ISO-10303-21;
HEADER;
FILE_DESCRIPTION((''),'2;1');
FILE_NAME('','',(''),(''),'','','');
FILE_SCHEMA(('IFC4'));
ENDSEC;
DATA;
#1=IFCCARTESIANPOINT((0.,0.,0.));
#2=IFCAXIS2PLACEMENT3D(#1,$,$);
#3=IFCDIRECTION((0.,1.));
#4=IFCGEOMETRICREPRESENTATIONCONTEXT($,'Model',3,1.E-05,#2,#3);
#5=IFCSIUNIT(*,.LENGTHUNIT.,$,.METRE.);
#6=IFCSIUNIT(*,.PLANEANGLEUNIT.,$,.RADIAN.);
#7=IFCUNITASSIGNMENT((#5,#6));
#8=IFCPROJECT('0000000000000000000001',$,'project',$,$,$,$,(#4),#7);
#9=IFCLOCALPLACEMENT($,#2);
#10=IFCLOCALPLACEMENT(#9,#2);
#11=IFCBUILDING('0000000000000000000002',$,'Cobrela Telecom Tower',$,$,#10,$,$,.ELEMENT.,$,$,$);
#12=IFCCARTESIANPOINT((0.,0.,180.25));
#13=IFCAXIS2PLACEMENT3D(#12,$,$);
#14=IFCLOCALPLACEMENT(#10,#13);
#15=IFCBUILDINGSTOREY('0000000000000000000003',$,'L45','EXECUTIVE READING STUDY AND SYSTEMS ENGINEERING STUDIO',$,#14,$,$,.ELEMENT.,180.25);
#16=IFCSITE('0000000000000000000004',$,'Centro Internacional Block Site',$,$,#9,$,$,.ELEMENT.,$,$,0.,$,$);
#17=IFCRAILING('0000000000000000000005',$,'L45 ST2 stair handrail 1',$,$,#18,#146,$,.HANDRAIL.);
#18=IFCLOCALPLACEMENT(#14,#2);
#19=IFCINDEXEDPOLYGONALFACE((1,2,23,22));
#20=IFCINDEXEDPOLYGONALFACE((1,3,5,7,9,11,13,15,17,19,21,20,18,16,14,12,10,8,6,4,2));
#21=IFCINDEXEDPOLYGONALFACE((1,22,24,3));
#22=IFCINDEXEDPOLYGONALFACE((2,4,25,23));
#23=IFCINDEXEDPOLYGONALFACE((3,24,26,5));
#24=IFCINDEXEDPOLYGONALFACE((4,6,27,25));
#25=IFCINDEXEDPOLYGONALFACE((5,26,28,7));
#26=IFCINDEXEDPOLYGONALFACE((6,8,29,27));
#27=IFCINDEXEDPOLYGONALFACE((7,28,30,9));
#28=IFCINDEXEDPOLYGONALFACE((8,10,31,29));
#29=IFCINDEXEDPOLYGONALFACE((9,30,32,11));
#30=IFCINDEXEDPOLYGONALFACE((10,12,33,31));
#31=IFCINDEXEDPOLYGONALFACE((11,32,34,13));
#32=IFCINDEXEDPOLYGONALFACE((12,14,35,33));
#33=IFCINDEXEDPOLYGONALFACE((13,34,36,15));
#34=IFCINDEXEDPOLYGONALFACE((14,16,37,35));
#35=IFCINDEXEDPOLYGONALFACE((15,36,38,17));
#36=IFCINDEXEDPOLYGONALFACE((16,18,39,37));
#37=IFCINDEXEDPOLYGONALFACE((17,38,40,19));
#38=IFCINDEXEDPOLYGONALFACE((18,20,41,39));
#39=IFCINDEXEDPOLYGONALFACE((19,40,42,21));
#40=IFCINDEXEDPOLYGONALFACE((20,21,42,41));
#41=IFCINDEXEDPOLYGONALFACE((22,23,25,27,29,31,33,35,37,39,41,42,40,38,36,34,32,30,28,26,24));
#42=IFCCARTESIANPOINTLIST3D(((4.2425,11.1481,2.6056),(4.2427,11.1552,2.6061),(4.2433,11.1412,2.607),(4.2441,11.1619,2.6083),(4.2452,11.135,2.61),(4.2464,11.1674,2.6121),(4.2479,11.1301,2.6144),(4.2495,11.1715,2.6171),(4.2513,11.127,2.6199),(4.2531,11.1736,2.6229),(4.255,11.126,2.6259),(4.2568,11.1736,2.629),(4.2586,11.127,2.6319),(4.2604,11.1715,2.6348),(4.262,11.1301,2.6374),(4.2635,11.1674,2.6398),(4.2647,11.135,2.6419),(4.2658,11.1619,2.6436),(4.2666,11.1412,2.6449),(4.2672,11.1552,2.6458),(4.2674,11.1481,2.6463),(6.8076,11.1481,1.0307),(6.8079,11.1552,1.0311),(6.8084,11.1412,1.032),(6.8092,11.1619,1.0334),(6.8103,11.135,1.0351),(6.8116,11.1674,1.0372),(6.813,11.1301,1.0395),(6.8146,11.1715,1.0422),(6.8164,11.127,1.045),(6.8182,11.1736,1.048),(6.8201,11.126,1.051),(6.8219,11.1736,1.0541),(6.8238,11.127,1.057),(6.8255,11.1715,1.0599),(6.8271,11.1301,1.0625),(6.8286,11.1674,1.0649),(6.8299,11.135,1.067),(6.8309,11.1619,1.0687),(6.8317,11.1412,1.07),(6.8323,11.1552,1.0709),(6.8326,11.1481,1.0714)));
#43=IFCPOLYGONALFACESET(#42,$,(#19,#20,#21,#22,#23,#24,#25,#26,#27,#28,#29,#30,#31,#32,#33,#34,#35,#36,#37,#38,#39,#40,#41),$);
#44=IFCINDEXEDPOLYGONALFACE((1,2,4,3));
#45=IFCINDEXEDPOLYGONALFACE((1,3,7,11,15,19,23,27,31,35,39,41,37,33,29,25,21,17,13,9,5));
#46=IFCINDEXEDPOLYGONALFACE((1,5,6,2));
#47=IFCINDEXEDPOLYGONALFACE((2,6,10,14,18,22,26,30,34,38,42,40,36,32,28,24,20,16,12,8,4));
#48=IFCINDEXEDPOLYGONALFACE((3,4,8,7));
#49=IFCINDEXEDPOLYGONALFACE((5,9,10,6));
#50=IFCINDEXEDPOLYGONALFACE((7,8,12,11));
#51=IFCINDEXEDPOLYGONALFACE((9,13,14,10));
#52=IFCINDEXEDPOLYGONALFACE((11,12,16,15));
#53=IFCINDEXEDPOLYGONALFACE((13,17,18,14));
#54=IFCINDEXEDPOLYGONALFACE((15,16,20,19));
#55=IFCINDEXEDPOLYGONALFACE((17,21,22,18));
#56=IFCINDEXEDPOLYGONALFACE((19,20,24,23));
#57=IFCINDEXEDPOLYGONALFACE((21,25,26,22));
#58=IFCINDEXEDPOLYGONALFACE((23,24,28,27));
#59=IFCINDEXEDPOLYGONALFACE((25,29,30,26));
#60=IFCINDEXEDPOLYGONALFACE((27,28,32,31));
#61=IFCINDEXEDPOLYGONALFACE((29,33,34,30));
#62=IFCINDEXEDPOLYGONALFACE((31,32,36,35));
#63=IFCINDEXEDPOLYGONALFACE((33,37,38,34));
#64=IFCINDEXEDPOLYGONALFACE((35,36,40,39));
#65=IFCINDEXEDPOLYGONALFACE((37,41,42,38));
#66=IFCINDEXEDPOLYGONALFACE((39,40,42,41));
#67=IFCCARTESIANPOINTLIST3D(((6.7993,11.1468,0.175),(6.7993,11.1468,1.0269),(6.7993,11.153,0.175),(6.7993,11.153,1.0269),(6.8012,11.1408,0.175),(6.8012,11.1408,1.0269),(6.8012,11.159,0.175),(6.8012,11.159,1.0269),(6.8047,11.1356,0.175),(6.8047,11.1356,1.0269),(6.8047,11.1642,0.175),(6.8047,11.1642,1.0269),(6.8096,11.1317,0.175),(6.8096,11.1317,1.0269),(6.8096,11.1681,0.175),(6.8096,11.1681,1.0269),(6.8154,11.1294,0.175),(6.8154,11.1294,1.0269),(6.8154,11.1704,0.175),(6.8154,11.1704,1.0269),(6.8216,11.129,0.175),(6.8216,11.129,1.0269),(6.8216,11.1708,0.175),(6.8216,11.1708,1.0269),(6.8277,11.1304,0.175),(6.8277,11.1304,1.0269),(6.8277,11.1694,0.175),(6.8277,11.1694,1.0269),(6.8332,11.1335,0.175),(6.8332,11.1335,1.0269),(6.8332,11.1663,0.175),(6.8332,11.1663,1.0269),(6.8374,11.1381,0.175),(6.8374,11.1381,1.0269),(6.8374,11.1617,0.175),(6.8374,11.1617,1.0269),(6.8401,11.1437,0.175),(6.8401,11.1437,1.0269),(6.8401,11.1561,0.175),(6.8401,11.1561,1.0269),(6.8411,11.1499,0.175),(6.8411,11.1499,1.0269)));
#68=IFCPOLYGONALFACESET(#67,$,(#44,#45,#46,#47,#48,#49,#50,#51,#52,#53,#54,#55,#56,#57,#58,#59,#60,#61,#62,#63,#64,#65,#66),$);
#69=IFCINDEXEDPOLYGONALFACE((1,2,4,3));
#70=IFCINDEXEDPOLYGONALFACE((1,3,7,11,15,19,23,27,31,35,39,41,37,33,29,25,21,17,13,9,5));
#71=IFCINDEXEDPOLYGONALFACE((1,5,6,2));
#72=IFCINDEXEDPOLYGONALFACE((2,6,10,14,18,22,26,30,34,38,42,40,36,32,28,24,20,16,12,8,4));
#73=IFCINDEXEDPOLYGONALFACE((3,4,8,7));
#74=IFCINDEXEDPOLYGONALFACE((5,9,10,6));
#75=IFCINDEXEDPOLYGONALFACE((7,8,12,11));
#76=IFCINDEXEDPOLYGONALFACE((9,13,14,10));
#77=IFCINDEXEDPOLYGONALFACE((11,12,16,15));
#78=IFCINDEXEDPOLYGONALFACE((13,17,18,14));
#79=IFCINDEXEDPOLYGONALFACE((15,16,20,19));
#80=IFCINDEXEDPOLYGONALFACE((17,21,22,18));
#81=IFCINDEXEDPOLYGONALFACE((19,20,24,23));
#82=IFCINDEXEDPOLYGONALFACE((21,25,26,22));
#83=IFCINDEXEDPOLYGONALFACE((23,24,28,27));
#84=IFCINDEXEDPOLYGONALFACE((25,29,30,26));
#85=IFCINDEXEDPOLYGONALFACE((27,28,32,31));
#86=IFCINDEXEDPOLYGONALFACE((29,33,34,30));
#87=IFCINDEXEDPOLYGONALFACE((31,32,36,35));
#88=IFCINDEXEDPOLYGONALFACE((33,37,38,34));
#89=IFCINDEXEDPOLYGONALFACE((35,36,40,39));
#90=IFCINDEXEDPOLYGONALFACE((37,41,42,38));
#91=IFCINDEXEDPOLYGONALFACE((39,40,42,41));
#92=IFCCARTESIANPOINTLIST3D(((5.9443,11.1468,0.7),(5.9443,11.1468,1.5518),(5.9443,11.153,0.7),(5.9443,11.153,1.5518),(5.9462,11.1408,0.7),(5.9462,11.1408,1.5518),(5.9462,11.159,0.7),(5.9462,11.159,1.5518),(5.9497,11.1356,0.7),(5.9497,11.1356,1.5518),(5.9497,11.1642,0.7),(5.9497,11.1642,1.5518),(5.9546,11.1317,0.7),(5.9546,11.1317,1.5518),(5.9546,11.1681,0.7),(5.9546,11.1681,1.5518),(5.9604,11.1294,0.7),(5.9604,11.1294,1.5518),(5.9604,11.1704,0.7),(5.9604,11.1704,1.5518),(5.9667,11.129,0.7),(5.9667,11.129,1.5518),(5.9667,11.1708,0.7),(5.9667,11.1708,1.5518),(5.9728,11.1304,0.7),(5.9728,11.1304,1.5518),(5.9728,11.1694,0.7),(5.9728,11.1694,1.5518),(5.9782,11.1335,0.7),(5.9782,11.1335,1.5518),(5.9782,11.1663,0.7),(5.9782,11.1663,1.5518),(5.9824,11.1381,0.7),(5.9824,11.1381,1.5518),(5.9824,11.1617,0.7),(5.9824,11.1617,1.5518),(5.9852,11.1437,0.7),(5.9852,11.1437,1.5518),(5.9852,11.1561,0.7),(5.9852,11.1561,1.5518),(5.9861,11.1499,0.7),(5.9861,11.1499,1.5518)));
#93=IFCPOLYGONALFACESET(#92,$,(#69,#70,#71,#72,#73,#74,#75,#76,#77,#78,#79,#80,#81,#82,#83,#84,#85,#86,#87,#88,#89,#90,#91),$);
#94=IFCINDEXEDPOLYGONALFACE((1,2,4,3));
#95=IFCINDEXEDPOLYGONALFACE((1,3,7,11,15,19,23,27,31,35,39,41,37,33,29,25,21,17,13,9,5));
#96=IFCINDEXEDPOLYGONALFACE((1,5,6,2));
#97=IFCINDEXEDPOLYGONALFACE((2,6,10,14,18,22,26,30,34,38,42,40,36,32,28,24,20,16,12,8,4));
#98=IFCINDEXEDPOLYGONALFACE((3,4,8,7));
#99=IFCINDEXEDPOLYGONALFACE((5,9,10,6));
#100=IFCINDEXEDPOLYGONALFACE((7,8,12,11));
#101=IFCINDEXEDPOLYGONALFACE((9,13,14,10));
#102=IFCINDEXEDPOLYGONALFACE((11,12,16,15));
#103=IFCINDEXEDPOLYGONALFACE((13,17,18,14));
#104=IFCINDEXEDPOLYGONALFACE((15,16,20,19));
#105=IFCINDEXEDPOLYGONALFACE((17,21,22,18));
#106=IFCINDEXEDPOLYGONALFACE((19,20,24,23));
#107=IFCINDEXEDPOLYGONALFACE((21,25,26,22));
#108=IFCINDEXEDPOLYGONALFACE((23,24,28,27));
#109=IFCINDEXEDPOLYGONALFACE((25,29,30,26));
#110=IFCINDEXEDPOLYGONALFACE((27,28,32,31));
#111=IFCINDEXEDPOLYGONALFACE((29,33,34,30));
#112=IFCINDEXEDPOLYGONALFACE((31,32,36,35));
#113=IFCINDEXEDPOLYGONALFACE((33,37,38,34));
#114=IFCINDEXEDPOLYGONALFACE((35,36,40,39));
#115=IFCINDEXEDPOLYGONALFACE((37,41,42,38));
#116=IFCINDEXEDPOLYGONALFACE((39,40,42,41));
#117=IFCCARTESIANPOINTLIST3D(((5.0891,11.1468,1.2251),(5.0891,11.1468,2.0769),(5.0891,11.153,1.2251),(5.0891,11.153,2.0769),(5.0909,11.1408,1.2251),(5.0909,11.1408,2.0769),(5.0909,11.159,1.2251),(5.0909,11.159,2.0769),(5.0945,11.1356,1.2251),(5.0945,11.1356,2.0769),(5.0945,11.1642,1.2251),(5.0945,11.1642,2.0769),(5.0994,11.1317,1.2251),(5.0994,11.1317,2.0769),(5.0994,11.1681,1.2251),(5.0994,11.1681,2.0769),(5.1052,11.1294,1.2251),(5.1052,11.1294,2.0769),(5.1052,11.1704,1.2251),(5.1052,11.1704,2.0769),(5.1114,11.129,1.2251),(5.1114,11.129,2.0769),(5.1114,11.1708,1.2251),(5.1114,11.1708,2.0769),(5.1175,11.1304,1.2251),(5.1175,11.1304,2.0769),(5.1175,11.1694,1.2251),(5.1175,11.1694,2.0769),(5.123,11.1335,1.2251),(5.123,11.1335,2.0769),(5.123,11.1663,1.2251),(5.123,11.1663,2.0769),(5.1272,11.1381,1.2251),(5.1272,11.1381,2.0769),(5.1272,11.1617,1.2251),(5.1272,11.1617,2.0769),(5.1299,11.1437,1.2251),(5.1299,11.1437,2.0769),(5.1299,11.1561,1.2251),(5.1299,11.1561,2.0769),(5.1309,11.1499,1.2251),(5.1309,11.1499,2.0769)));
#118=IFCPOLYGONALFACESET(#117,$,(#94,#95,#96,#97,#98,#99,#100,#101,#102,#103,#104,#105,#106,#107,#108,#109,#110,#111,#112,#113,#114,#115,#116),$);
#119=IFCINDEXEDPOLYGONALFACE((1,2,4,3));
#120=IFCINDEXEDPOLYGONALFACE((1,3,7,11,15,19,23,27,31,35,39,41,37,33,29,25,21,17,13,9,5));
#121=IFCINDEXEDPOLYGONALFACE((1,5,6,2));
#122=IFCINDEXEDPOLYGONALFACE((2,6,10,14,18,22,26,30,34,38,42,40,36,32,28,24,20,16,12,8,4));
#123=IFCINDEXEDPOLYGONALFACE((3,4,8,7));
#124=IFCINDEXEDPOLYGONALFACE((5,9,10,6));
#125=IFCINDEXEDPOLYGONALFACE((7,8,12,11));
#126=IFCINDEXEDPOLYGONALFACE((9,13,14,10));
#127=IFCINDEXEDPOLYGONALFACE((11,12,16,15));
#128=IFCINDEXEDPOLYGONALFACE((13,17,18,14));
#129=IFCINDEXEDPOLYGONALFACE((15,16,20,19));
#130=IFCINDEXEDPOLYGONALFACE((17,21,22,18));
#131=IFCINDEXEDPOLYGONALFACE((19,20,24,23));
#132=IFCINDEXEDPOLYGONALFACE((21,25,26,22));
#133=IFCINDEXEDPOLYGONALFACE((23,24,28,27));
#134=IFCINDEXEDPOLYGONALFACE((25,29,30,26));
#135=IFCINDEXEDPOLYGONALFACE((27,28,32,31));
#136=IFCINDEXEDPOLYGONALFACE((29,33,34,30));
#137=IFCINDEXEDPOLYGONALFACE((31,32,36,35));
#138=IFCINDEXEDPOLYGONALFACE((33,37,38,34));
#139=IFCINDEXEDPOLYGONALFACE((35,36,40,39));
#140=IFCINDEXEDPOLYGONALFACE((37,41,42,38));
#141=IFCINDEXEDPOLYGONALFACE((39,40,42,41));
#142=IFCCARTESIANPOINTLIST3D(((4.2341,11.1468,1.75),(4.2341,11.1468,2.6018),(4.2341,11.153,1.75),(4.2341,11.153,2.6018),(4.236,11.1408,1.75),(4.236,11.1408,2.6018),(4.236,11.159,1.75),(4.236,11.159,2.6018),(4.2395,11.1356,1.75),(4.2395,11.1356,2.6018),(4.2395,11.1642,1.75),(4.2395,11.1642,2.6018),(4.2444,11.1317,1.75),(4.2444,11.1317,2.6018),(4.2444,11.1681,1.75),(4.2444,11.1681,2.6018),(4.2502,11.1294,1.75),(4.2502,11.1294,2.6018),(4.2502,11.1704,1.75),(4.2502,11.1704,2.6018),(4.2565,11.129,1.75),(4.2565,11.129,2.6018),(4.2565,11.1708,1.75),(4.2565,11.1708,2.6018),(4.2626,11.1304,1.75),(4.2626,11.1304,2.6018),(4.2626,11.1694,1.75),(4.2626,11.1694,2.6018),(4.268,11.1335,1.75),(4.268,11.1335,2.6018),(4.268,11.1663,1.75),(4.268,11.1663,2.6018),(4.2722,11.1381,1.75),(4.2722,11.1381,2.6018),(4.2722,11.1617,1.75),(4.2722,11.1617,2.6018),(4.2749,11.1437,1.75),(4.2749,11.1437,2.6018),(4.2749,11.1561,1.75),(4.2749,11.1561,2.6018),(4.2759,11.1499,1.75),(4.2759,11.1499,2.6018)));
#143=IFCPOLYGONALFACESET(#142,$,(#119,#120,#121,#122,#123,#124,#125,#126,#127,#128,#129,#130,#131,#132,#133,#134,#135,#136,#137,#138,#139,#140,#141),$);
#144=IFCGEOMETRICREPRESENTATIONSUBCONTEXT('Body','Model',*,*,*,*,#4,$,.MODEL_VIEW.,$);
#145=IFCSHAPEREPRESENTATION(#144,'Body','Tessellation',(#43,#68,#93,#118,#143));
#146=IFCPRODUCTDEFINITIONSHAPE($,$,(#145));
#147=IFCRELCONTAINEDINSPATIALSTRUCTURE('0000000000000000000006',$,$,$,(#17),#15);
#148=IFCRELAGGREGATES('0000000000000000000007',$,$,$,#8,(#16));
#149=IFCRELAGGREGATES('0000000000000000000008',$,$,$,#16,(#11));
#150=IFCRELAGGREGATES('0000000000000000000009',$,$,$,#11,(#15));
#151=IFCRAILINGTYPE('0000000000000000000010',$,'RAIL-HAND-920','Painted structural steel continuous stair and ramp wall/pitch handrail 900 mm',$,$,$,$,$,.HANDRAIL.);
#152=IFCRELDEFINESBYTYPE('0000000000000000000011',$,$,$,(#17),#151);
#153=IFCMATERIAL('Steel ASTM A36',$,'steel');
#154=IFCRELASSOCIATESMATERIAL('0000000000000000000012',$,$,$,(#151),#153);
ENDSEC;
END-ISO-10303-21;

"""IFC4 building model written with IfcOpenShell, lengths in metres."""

from ifc_helpers import new_model, si_unit, direction, frame, origin, origin_2d, place, context, subcontext, project, spatial, circle, extrude, material, type_object, element, save


model = new_model("IFC4")

# Units and contexts
model_context = context("Model", 3, precision=1e-05, world=origin(), true_north=direction((0.0, 1.0)))
body_context = subcontext(model_context, "Body", "Model", "MODEL_VIEW")
ifc_project = project(units=[si_unit("LENGTHUNIT", "METRE"), si_unit("PLANEANGLEUNIT", "RADIAN")], contexts=[model_context])

# Site, building, storey
site_placement = place(None, origin())
site = spatial("IfcSite", under=ifc_project, at=site_placement, Name="Centro Internacional Block Site", CompositionType="ELEMENT", RefElevation=0.0)
building_placement = place(site_placement, origin())
building = spatial("IfcBuilding", under=site, at=building_placement, Name="Cobrela Telecom Tower", CompositionType="ELEMENT")
storey_placement = place(building_placement, frame((0.0, 0.0, 180.25)))
storey = spatial("IfcBuildingStorey", under=building, at=storey_placement, Name="L45", Description="EXECUTIVE READING STUDY AND SYSTEMS ENGINEERING STUDIO", CompositionType="ELEMENT", Elevation=180.25)

# Railing
ifc_material_1 = material(Name="Steel ASTM A36", Category="steel")
railing_type_1 = type_object("IfcRailingType", Name="RAIL-HAND-920", Description="Painted structural steel continuous stair and ramp wall/pitch handrail 900 mm", PredefinedType="HANDRAIL", material=ifc_material_1)
railing_1_placement = place(storey_placement, frame((6.8201, 11.1499, 0.175)))
element("IfcRailing", 1, at=railing_1_placement, inside=storey, type_object=railing_type_1, Name="L45 ST2 stair handrail 1", PredefinedType="HANDRAIL", context=body_context, shape_type="SweptSolid", body=[
    extrude(circle(Radius=0.0239, at=origin_2d()), frame((0.0, 0.0, 0.876), z_axis=(-0.852195, 0.0, 0.523224), x_axis=(0.0, -1.0, 0.0)), (0.0, 0.0, 1.0), 3.01),
    extrude(circle(Radius=0.021, at=origin_2d()), origin(), (0.0, 0.0, 1.0), 0.8518),
    extrude(circle(Radius=0.021, at=origin_2d()), frame((-0.855, 0.0, 0.5249)), (0.0, 0.0, 1.0), 0.8518),
    extrude(circle(Radius=0.021, at=origin_2d()), frame((-1.7102, 0.0, 1.05)), (0.0, 0.0, 1.0), 0.8518),
    extrude(circle(Radius=0.021, at=origin_2d()), frame((-2.5652, 0.0, 1.575)), (0.0, 0.0, 1.0), 0.8518),
])

save(model, "model.ifc")
